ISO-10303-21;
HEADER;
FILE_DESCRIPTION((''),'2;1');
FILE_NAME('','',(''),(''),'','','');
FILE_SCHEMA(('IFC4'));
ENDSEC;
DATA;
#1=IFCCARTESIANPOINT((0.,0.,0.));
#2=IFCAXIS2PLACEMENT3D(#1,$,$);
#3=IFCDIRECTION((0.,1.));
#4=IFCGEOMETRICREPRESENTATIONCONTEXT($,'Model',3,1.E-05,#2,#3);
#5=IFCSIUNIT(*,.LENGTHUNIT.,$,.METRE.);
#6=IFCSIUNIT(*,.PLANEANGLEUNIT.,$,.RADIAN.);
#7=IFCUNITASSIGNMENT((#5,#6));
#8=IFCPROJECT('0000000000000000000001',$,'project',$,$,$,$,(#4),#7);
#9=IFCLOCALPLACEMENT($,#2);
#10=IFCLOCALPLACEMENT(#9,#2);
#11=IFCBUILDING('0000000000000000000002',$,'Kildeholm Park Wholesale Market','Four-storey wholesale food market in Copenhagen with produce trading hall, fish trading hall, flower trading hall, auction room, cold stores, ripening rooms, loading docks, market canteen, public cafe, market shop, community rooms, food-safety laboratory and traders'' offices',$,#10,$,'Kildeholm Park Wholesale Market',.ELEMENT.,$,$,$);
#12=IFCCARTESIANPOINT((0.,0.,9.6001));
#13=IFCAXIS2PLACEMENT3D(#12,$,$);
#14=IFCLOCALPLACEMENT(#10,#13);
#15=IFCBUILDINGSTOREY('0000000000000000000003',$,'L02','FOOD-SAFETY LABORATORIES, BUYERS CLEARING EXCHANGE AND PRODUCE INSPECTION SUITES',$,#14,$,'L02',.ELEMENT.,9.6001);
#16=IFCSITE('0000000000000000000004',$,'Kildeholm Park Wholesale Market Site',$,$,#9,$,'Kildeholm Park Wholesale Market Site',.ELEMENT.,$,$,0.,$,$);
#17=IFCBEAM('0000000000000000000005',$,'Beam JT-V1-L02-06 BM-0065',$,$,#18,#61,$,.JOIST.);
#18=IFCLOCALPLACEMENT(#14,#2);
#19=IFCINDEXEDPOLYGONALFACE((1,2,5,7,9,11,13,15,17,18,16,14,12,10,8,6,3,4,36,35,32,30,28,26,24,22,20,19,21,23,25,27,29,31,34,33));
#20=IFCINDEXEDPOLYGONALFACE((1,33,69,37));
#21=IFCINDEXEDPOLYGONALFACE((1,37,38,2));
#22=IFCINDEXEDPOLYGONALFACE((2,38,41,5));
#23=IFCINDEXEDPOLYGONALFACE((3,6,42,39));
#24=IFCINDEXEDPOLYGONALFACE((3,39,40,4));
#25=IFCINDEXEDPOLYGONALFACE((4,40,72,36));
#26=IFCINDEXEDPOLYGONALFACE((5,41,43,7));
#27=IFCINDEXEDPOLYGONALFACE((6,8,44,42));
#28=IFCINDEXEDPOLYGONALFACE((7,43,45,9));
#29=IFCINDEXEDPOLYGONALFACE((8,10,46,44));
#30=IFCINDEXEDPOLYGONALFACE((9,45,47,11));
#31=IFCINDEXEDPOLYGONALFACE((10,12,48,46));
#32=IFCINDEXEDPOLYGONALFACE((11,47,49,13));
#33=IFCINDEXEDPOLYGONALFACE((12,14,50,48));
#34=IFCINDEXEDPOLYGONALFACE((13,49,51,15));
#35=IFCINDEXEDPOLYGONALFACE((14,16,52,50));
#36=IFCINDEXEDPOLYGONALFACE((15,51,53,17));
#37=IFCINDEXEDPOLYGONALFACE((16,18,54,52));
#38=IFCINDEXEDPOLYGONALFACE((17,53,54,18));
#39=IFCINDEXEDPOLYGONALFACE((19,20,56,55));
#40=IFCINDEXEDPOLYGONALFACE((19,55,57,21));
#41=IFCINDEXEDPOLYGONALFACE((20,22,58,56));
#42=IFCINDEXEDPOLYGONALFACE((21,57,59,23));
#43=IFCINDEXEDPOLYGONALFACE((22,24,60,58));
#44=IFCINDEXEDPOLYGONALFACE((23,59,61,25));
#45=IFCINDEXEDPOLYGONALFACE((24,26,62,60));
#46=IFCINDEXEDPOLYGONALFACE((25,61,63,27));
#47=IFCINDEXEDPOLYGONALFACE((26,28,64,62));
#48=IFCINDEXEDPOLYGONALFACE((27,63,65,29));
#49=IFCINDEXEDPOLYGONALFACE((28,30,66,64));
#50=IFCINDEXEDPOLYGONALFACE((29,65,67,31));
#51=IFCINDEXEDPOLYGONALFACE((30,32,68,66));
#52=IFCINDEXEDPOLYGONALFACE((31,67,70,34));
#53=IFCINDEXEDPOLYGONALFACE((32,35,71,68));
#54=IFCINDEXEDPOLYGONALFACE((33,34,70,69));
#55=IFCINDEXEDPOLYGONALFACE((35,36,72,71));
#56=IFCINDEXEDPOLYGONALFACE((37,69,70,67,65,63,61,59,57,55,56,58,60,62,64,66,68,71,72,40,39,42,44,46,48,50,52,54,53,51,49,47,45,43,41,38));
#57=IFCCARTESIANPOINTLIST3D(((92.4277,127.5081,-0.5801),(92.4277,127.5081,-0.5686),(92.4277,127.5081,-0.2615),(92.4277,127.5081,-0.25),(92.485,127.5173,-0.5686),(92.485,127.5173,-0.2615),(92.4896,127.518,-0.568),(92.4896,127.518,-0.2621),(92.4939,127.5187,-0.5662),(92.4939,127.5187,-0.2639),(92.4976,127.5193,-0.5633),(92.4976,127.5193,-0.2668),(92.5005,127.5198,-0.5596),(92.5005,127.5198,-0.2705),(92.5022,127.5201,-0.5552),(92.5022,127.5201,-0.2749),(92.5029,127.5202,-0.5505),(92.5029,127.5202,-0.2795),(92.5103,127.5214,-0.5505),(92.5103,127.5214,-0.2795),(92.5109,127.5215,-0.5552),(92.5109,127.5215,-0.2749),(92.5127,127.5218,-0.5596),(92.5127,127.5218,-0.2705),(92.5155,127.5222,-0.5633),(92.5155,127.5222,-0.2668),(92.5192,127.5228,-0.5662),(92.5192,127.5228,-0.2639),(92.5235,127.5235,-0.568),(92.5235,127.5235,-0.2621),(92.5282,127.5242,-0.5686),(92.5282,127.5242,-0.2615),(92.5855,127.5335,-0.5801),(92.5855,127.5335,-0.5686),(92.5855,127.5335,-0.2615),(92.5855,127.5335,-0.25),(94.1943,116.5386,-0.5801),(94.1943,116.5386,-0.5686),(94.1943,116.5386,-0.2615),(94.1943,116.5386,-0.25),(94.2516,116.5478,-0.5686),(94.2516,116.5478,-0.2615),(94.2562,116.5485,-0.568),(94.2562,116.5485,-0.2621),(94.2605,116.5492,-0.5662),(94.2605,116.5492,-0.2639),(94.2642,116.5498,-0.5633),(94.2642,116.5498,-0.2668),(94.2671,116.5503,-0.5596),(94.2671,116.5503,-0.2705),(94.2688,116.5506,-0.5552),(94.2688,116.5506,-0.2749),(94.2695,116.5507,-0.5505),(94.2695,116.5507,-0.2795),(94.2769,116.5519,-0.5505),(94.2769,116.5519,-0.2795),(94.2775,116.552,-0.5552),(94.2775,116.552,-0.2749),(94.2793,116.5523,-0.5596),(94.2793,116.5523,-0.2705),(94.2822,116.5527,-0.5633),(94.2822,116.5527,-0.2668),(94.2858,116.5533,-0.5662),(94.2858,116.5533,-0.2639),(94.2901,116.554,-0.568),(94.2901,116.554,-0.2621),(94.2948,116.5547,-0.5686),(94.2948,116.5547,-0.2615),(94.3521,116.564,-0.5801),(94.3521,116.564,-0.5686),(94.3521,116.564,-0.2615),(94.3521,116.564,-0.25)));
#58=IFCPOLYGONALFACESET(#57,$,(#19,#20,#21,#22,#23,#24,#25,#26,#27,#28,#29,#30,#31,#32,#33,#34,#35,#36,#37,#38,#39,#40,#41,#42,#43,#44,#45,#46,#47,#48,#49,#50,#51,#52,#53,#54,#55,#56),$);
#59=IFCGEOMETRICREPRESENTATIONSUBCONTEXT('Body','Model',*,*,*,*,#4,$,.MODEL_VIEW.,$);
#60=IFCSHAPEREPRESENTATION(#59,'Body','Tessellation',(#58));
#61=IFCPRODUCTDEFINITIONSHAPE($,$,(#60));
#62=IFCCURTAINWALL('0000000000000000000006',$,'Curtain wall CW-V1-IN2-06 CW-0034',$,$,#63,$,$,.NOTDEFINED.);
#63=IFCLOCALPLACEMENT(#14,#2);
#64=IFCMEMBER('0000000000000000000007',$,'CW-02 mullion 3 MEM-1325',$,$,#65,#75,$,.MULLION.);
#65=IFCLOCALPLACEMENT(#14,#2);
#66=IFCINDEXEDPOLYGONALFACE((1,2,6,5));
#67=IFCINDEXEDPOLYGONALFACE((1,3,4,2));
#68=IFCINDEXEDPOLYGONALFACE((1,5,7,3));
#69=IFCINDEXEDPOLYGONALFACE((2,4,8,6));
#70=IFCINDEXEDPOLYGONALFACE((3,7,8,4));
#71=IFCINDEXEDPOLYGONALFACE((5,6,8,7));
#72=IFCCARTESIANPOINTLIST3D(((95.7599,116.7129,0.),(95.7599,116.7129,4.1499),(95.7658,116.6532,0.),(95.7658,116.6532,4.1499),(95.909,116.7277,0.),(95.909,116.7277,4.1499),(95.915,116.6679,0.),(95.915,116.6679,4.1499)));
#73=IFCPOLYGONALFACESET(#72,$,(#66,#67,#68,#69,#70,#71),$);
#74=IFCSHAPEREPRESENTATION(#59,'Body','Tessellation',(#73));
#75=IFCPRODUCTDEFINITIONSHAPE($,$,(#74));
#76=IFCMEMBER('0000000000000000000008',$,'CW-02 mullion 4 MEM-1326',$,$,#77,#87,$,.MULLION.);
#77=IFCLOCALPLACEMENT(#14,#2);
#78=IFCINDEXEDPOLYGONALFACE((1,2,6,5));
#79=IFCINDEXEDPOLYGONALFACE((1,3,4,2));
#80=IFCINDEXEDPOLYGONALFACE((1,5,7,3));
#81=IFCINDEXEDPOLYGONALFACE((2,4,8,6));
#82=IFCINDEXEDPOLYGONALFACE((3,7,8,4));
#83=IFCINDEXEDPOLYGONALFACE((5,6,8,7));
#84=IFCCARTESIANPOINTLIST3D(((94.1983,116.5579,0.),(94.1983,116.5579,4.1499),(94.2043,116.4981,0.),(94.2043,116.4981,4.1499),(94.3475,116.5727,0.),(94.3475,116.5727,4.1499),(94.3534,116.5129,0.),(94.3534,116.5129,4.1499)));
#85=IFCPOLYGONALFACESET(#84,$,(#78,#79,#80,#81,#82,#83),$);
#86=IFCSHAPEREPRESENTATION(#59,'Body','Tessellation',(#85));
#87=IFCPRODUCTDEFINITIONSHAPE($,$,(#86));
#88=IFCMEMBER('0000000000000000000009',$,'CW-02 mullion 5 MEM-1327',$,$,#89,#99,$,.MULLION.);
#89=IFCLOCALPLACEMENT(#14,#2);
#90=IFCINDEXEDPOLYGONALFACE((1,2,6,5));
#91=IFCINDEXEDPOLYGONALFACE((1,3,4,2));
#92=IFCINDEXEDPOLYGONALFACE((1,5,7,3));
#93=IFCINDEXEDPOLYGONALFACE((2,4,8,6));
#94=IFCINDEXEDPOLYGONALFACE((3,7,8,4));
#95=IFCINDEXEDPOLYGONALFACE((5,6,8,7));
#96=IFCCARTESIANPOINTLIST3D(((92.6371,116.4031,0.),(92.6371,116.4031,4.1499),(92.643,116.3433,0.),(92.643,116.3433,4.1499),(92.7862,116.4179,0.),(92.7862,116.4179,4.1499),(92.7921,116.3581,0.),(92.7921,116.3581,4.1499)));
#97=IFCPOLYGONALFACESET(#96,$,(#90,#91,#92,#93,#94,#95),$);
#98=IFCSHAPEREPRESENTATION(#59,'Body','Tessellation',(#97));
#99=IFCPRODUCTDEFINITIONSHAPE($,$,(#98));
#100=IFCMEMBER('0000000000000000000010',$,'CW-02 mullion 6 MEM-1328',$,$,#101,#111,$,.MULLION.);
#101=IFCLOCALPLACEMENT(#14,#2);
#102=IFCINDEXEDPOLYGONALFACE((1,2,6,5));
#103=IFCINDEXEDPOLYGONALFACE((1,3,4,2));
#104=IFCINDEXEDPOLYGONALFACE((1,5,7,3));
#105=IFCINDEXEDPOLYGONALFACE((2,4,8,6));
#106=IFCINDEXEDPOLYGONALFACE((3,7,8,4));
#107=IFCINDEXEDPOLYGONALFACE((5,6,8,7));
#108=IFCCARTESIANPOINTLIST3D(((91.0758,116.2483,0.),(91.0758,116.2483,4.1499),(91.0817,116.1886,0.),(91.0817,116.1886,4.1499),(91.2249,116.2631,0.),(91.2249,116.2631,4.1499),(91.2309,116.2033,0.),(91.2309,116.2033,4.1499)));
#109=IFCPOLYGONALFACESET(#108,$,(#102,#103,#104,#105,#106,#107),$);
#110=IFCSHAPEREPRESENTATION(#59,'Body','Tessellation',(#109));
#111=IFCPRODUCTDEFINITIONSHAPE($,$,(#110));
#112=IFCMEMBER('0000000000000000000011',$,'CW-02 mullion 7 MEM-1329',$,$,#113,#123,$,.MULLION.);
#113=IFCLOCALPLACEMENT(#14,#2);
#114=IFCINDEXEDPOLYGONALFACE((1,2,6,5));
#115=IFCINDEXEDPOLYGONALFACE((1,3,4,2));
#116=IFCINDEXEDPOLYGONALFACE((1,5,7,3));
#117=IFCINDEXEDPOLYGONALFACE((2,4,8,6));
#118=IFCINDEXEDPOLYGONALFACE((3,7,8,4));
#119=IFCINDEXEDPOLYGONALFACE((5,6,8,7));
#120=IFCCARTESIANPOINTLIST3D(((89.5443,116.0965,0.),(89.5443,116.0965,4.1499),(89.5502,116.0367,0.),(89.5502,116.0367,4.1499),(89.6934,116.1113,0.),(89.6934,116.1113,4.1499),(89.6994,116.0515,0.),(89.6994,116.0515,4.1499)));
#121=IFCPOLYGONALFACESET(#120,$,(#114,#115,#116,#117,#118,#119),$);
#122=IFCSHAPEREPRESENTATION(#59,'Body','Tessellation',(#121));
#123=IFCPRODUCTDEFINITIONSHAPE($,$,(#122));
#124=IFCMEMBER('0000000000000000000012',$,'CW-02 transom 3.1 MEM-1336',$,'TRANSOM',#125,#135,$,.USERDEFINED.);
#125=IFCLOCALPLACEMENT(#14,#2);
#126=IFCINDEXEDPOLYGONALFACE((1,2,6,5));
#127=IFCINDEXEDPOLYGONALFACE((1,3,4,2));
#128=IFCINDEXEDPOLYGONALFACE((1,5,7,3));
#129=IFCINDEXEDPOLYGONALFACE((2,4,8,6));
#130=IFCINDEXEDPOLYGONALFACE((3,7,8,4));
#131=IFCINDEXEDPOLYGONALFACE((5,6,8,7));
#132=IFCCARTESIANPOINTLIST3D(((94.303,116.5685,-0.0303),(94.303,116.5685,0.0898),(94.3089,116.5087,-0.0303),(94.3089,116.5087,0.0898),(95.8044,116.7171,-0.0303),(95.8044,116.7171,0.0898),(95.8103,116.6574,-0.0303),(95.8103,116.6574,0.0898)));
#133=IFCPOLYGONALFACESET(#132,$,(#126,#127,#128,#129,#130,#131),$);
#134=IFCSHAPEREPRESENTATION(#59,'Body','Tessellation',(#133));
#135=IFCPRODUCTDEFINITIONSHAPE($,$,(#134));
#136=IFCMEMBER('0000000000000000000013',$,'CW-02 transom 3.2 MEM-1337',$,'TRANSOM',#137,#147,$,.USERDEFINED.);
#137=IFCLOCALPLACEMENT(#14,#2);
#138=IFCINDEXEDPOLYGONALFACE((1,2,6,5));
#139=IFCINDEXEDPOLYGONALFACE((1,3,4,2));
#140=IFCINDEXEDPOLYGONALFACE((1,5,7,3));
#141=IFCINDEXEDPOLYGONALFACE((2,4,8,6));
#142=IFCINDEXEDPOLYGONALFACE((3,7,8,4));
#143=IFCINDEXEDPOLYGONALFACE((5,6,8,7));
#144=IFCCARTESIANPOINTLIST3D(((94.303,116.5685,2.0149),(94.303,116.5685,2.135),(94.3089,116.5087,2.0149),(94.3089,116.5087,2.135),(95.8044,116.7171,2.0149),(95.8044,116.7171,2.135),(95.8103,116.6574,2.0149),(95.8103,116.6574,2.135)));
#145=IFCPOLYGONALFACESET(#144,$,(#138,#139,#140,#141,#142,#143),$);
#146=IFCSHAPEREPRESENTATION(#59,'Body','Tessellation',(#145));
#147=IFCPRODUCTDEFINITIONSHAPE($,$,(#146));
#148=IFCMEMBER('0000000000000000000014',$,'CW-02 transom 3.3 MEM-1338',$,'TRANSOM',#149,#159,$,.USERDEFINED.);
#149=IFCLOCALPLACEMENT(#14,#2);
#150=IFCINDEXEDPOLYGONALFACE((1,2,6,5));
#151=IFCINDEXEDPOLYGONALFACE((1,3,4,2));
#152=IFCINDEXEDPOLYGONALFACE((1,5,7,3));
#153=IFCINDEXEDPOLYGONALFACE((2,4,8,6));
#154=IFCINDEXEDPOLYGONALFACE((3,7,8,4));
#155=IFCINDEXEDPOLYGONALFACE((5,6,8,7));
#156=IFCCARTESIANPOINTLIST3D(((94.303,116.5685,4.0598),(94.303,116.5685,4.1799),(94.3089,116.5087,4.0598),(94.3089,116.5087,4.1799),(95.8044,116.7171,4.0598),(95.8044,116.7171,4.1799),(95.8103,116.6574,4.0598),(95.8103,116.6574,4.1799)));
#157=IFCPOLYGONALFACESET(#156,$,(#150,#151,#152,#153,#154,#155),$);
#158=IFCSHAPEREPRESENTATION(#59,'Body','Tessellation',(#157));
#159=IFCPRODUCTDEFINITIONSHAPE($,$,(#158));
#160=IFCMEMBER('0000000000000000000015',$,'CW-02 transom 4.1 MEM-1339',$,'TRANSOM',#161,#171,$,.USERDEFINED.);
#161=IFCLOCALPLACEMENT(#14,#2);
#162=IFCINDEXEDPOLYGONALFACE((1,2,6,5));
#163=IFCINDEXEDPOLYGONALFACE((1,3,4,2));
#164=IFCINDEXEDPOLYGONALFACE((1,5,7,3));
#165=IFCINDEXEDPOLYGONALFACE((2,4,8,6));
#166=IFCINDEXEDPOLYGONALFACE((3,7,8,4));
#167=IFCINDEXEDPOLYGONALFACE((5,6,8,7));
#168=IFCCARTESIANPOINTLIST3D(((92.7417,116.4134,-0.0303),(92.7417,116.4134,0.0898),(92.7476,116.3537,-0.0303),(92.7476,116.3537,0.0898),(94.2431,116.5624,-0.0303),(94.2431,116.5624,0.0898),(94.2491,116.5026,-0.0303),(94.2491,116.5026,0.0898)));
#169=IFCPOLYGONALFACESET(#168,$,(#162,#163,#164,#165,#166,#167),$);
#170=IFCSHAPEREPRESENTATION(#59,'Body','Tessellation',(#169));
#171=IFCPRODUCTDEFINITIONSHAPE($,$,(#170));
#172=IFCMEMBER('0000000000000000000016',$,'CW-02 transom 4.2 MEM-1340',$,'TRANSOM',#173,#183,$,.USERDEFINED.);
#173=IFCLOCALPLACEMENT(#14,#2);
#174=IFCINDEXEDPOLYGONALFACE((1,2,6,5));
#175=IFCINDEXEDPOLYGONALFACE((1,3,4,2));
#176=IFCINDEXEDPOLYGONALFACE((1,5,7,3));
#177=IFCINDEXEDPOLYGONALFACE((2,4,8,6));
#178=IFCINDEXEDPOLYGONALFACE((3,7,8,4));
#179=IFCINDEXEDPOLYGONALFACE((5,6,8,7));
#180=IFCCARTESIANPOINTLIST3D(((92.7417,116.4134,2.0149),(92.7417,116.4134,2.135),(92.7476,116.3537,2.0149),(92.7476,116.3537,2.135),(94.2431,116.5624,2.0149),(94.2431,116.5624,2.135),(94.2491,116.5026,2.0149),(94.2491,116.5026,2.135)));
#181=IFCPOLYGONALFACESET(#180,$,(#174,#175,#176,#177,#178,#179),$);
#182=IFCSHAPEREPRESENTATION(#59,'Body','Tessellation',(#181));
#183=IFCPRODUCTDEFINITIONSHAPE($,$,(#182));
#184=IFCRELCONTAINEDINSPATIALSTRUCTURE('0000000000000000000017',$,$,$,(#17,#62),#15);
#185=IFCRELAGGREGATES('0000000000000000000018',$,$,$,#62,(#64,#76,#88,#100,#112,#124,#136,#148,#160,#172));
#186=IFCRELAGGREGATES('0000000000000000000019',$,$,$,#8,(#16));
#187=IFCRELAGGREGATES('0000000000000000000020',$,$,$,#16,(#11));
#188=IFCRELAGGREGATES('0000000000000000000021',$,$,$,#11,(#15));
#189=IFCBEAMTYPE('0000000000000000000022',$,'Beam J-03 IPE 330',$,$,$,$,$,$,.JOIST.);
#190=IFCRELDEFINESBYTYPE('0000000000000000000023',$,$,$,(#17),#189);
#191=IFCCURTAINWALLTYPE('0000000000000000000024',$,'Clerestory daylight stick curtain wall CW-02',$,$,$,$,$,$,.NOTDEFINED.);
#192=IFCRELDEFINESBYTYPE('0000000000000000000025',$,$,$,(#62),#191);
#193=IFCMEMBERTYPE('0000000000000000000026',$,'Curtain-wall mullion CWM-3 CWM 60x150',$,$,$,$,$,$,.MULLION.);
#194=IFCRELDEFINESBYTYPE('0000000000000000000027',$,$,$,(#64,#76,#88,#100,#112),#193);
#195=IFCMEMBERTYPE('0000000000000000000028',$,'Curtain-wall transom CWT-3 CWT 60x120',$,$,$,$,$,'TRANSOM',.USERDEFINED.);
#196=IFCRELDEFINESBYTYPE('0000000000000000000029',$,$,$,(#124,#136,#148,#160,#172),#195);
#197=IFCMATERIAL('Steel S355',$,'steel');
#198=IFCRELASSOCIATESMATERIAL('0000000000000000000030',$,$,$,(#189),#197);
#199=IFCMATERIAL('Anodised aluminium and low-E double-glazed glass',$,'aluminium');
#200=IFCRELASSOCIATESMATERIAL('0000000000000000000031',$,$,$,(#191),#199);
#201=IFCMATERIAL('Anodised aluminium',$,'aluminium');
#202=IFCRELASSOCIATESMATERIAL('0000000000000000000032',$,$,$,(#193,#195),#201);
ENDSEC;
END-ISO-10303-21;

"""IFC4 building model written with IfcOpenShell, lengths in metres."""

from ifc_helpers import new_model, si_unit, direction, frame, origin, origin_2d, place, context, subcontext, project, spatial, rectangle, i_section, extrude, material, material_profile, profile_set, type_object, element, aggregate, save


model = new_model("IFC4")

# Units and contexts
model_context = context("Model", 3, precision=1e-05, world=origin(), true_north=direction((0.0, 1.0)))
body_context = subcontext(model_context, "Body", "Model", "MODEL_VIEW")
ifc_project = project(units=[si_unit("LENGTHUNIT", "METRE"), si_unit("PLANEANGLEUNIT", "RADIAN")], contexts=[model_context])

# Site, building, storey
site_placement = place(None, origin())
site = spatial("IfcSite", under=ifc_project, at=site_placement, Name="Kildeholm Park Wholesale Market Site", LongName="Kildeholm Park Wholesale Market Site", CompositionType="ELEMENT", RefElevation=0.0)
building_placement = place(site_placement, origin())
building = spatial("IfcBuilding", under=site, at=building_placement, Name="Kildeholm Park Wholesale Market", Description="Four-storey wholesale food market in Copenhagen with produce trading hall, fish trading hall, flower trading hall, auction room, cold stores, ripening rooms, loading docks, market canteen, public cafe, market shop, community rooms, food-safety laboratory and traders' offices", LongName="Kildeholm Park Wholesale Market", CompositionType="ELEMENT")
storey_placement = place(building_placement, frame((0.0, 0.0, 9.6001)))
storey = spatial("IfcBuildingStorey", under=building, at=storey_placement, Name="L02", Description="FOOD-SAFETY LABORATORIES, BUYERS CLEARING EXCHANGE AND PRODUCE INSPECTION SUITES", LongName="L02", CompositionType="ELEMENT", Elevation=9.6001)

# Beam
ifc_material_1 = material(Name="Steel S355", Category="steel")
ifc_material_profile_1 = material_profile(ifc_material_1, i_section(OverallWidth=0.1599, OverallDepth=0.3301, WebThickness=0.0076, FlangeThickness=0.0115, FilletRadius=0.0181, at=origin_2d()), Name="IPE 330")
ifc_profile_set_1 = profile_set([ifc_material_profile_1], Name="Steel S355")
beam_type = type_object("IfcBeamType", Name="Beam J-03 IPE 330", PredefinedType="JOIST", material=ifc_profile_set_1)
beam_placement = place(storey_placement, frame((94.2732, 116.5513, -0.415), z_axis=(-0.158998, 0.987279, 0.0), x_axis=(-0.987279, -0.158998, 0.0)))
element("IfcBeam", 1, at=beam_placement, inside=storey, type_object=beam_type, Name="Beam JT-V1-L02-06 BM-0065", PredefinedType="JOIST", context=body_context, shape_type="SweptSolid", body=[
    extrude(i_section(OverallWidth=0.1599, OverallDepth=0.3301, WebThickness=0.0076, FlangeThickness=0.0115, FilletRadius=0.0181, at=origin_2d()), origin(), (0.0, 0.0, 1.0), 11.1108),
])

# Curtain wall, members
ifc_material_2 = material(Name="Anodised aluminium and low-E double-glazed glass", Category="aluminium")
curtain_wall_type = type_object("IfcCurtainWallType", Name="Clerestory daylight stick curtain wall CW-02", PredefinedType="NOTDEFINED", material=ifc_material_2)
curtain_wall_placement = place(storey_placement, origin())
curtain_wall = element("IfcCurtainWall", 2, at=curtain_wall_placement, inside=storey, type_object=curtain_wall_type, Name="Curtain wall CW-V1-IN2-06 CW-0034", PredefinedType="NOTDEFINED")
ifc_material_3 = material(Name="Anodised aluminium", Category="aluminium")
ifc_material_profile_2 = material_profile(ifc_material_3, rectangle(XDim=0.0601, YDim=0.1499, at=origin_2d()), Name="CWM 60x150")
ifc_profile_set_2 = profile_set([ifc_material_profile_2], Name="Anodised aluminium")
member_type_1 = type_object("IfcMemberType", Name="Curtain-wall mullion CWM-3 CWM 60x150", PredefinedType="MULLION", material=ifc_profile_set_2)
member_1_placement = place(storey_placement, frame((95.8374, 116.6904, 0.0), z_axis=(0.0, 0.0, 1.0), x_axis=(0.098683, -0.995119, 0.0)))
member_1 = element("IfcMember", 3, at=member_1_placement, type_object=member_type_1, Name="CW-02 mullion 3 MEM-1325", PredefinedType="MULLION", context=body_context, shape_type="SweptSolid", body=[
    extrude(rectangle(XDim=0.0601, YDim=0.1499, at=origin_2d()), origin(), (0.0, 0.0, 1.0), 4.1499),
])
member_2_placement = place(storey_placement, frame((94.2759, 116.5354, 0.0), z_axis=(0.0, 0.0, 1.0), x_axis=(0.098683, -0.995119, 0.0)))
member_2 = element("IfcMember", 4, at=member_2_placement, type_object=member_type_1, Name="CW-02 mullion 4 MEM-1326", PredefinedType="MULLION", context=body_context, shape_type="SweptSolid", body=[
    extrude(rectangle(XDim=0.0601, YDim=0.1499, at=origin_2d()), origin(), (0.0, 0.0, 1.0), 4.1499),
])
member_3_placement = place(storey_placement, frame((92.7146, 116.3806, 0.0), z_axis=(0.0, 0.0, 1.0), x_axis=(0.098683, -0.995119, 0.0)))
member_3 = element("IfcMember", 5, at=member_3_placement, type_object=member_type_1, Name="CW-02 mullion 5 MEM-1327", PredefinedType="MULLION", context=body_context, shape_type="SweptSolid", body=[
    extrude(rectangle(XDim=0.0601, YDim=0.1499, at=origin_2d()), origin(), (0.0, 0.0, 1.0), 4.1499),
])
member_4_placement = place(storey_placement, frame((91.1533, 116.2258, 0.0), z_axis=(0.0, 0.0, 1.0), x_axis=(0.098683, -0.995119, 0.0)))
member_4 = element("IfcMember", 6, at=member_4_placement, type_object=member_type_1, Name="CW-02 mullion 6 MEM-1328", PredefinedType="MULLION", context=body_context, shape_type="SweptSolid", body=[
    extrude(rectangle(XDim=0.0601, YDim=0.1499, at=origin_2d()), origin(), (0.0, 0.0, 1.0), 4.1499),
])
member_5_placement = place(storey_placement, frame((89.6218, 116.074, 0.0), z_axis=(0.0, 0.0, 1.0), x_axis=(0.098683, -0.995119, 0.0)))
member_5 = element("IfcMember", 7, at=member_5_placement, type_object=member_type_1, Name="CW-02 mullion 7 MEM-1329", PredefinedType="MULLION", context=body_context, shape_type="SweptSolid", body=[
    extrude(rectangle(XDim=0.0601, YDim=0.1499, at=origin_2d()), origin(), (0.0, 0.0, 1.0), 4.1499),
])
ifc_material_profile_3 = material_profile(ifc_material_3, rectangle(XDim=0.0601, YDim=0.1201, at=origin_2d()), Name="CWT 60x120")
ifc_profile_set_3 = profile_set([ifc_material_profile_3], Name="Anodised aluminium")
member_type_2 = type_object("IfcMemberType", Name="Curtain-wall transom CWT-3 CWT 60x120", ElementType="TRANSOM", PredefinedType="USERDEFINED", material=ifc_profile_set_3)
member_6_placement = place(storey_placement, frame((95.8074, 116.6873, 0.0298), z_axis=(-0.995133, -0.098542, 0.0), x_axis=(0.098542, -0.995133, 0.0)))
member_6 = element("IfcMember", 8, at=member_6_placement, type_object=member_type_2, Name="CW-02 transom 3.1 MEM-1336", ObjectType="TRANSOM", PredefinedType="USERDEFINED", context=body_context, shape_type="SweptSolid", body=[
    extrude(rectangle(XDim=0.0601, YDim=0.1201, at=origin_2d()), origin(), (0.0, 0.0, 1.0), 1.5088),
])
member_7_placement = place(storey_placement, frame((95.8074, 116.6873, 2.075), z_axis=(-0.995133, -0.098542, 0.0), x_axis=(0.098542, -0.995133, 0.0)))
member_7 = element("IfcMember", 9, at=member_7_placement, type_object=member_type_2, Name="CW-02 transom 3.2 MEM-1337", ObjectType="TRANSOM", PredefinedType="USERDEFINED", context=body_context, shape_type="SweptSolid", body=[
    extrude(rectangle(XDim=0.0601, YDim=0.1201, at=origin_2d()), origin(), (0.0, 0.0, 1.0), 1.5088),
])
member_8_placement = place(storey_placement, frame((95.8074, 116.6873, 4.1199), z_axis=(-0.995133, -0.098542, 0.0), x_axis=(0.098542, -0.995133, 0.0)))
member_8 = element("IfcMember", 10, at=member_8_placement, type_object=member_type_2, Name="CW-02 transom 3.3 MEM-1338", ObjectType="TRANSOM", PredefinedType="USERDEFINED", context=body_context, shape_type="SweptSolid", body=[
    extrude(rectangle(XDim=0.0601, YDim=0.1201, at=origin_2d()), origin(), (0.0, 0.0, 1.0), 1.5088),
])
member_9_placement = place(storey_placement, frame((94.2461, 116.5325, 0.0298), z_axis=(-0.995117, -0.098703, 0.0), x_axis=(0.098703, -0.995117, 0.0)))
member_9 = element("IfcMember", 11, at=member_9_placement, type_object=member_type_2, Name="CW-02 transom 4.1 MEM-1339", ObjectType="TRANSOM", PredefinedType="USERDEFINED", context=body_context, shape_type="SweptSolid", body=[
    extrude(rectangle(XDim=0.0601, YDim=0.1201, at=origin_2d()), origin(), (0.0, 0.0, 1.0), 1.5088),
])
member_10_placement = place(storey_placement, frame((94.2461, 116.5325, 2.075), z_axis=(-0.995117, -0.098703, 0.0), x_axis=(0.098703, -0.995117, 0.0)))
member_10 = element("IfcMember", 12, at=member_10_placement, type_object=member_type_2, Name="CW-02 transom 4.2 MEM-1340", ObjectType="TRANSOM", PredefinedType="USERDEFINED", context=body_context, shape_type="SweptSolid", body=[
    extrude(rectangle(XDim=0.0601, YDim=0.1201, at=origin_2d()), origin(), (0.0, 0.0, 1.0), 1.5088),
])
aggregate(curtain_wall, [member_1, member_2, member_3, member_4, member_5, member_6, member_7, member_8, member_9, member_10])

save(model, "model.ifc")
